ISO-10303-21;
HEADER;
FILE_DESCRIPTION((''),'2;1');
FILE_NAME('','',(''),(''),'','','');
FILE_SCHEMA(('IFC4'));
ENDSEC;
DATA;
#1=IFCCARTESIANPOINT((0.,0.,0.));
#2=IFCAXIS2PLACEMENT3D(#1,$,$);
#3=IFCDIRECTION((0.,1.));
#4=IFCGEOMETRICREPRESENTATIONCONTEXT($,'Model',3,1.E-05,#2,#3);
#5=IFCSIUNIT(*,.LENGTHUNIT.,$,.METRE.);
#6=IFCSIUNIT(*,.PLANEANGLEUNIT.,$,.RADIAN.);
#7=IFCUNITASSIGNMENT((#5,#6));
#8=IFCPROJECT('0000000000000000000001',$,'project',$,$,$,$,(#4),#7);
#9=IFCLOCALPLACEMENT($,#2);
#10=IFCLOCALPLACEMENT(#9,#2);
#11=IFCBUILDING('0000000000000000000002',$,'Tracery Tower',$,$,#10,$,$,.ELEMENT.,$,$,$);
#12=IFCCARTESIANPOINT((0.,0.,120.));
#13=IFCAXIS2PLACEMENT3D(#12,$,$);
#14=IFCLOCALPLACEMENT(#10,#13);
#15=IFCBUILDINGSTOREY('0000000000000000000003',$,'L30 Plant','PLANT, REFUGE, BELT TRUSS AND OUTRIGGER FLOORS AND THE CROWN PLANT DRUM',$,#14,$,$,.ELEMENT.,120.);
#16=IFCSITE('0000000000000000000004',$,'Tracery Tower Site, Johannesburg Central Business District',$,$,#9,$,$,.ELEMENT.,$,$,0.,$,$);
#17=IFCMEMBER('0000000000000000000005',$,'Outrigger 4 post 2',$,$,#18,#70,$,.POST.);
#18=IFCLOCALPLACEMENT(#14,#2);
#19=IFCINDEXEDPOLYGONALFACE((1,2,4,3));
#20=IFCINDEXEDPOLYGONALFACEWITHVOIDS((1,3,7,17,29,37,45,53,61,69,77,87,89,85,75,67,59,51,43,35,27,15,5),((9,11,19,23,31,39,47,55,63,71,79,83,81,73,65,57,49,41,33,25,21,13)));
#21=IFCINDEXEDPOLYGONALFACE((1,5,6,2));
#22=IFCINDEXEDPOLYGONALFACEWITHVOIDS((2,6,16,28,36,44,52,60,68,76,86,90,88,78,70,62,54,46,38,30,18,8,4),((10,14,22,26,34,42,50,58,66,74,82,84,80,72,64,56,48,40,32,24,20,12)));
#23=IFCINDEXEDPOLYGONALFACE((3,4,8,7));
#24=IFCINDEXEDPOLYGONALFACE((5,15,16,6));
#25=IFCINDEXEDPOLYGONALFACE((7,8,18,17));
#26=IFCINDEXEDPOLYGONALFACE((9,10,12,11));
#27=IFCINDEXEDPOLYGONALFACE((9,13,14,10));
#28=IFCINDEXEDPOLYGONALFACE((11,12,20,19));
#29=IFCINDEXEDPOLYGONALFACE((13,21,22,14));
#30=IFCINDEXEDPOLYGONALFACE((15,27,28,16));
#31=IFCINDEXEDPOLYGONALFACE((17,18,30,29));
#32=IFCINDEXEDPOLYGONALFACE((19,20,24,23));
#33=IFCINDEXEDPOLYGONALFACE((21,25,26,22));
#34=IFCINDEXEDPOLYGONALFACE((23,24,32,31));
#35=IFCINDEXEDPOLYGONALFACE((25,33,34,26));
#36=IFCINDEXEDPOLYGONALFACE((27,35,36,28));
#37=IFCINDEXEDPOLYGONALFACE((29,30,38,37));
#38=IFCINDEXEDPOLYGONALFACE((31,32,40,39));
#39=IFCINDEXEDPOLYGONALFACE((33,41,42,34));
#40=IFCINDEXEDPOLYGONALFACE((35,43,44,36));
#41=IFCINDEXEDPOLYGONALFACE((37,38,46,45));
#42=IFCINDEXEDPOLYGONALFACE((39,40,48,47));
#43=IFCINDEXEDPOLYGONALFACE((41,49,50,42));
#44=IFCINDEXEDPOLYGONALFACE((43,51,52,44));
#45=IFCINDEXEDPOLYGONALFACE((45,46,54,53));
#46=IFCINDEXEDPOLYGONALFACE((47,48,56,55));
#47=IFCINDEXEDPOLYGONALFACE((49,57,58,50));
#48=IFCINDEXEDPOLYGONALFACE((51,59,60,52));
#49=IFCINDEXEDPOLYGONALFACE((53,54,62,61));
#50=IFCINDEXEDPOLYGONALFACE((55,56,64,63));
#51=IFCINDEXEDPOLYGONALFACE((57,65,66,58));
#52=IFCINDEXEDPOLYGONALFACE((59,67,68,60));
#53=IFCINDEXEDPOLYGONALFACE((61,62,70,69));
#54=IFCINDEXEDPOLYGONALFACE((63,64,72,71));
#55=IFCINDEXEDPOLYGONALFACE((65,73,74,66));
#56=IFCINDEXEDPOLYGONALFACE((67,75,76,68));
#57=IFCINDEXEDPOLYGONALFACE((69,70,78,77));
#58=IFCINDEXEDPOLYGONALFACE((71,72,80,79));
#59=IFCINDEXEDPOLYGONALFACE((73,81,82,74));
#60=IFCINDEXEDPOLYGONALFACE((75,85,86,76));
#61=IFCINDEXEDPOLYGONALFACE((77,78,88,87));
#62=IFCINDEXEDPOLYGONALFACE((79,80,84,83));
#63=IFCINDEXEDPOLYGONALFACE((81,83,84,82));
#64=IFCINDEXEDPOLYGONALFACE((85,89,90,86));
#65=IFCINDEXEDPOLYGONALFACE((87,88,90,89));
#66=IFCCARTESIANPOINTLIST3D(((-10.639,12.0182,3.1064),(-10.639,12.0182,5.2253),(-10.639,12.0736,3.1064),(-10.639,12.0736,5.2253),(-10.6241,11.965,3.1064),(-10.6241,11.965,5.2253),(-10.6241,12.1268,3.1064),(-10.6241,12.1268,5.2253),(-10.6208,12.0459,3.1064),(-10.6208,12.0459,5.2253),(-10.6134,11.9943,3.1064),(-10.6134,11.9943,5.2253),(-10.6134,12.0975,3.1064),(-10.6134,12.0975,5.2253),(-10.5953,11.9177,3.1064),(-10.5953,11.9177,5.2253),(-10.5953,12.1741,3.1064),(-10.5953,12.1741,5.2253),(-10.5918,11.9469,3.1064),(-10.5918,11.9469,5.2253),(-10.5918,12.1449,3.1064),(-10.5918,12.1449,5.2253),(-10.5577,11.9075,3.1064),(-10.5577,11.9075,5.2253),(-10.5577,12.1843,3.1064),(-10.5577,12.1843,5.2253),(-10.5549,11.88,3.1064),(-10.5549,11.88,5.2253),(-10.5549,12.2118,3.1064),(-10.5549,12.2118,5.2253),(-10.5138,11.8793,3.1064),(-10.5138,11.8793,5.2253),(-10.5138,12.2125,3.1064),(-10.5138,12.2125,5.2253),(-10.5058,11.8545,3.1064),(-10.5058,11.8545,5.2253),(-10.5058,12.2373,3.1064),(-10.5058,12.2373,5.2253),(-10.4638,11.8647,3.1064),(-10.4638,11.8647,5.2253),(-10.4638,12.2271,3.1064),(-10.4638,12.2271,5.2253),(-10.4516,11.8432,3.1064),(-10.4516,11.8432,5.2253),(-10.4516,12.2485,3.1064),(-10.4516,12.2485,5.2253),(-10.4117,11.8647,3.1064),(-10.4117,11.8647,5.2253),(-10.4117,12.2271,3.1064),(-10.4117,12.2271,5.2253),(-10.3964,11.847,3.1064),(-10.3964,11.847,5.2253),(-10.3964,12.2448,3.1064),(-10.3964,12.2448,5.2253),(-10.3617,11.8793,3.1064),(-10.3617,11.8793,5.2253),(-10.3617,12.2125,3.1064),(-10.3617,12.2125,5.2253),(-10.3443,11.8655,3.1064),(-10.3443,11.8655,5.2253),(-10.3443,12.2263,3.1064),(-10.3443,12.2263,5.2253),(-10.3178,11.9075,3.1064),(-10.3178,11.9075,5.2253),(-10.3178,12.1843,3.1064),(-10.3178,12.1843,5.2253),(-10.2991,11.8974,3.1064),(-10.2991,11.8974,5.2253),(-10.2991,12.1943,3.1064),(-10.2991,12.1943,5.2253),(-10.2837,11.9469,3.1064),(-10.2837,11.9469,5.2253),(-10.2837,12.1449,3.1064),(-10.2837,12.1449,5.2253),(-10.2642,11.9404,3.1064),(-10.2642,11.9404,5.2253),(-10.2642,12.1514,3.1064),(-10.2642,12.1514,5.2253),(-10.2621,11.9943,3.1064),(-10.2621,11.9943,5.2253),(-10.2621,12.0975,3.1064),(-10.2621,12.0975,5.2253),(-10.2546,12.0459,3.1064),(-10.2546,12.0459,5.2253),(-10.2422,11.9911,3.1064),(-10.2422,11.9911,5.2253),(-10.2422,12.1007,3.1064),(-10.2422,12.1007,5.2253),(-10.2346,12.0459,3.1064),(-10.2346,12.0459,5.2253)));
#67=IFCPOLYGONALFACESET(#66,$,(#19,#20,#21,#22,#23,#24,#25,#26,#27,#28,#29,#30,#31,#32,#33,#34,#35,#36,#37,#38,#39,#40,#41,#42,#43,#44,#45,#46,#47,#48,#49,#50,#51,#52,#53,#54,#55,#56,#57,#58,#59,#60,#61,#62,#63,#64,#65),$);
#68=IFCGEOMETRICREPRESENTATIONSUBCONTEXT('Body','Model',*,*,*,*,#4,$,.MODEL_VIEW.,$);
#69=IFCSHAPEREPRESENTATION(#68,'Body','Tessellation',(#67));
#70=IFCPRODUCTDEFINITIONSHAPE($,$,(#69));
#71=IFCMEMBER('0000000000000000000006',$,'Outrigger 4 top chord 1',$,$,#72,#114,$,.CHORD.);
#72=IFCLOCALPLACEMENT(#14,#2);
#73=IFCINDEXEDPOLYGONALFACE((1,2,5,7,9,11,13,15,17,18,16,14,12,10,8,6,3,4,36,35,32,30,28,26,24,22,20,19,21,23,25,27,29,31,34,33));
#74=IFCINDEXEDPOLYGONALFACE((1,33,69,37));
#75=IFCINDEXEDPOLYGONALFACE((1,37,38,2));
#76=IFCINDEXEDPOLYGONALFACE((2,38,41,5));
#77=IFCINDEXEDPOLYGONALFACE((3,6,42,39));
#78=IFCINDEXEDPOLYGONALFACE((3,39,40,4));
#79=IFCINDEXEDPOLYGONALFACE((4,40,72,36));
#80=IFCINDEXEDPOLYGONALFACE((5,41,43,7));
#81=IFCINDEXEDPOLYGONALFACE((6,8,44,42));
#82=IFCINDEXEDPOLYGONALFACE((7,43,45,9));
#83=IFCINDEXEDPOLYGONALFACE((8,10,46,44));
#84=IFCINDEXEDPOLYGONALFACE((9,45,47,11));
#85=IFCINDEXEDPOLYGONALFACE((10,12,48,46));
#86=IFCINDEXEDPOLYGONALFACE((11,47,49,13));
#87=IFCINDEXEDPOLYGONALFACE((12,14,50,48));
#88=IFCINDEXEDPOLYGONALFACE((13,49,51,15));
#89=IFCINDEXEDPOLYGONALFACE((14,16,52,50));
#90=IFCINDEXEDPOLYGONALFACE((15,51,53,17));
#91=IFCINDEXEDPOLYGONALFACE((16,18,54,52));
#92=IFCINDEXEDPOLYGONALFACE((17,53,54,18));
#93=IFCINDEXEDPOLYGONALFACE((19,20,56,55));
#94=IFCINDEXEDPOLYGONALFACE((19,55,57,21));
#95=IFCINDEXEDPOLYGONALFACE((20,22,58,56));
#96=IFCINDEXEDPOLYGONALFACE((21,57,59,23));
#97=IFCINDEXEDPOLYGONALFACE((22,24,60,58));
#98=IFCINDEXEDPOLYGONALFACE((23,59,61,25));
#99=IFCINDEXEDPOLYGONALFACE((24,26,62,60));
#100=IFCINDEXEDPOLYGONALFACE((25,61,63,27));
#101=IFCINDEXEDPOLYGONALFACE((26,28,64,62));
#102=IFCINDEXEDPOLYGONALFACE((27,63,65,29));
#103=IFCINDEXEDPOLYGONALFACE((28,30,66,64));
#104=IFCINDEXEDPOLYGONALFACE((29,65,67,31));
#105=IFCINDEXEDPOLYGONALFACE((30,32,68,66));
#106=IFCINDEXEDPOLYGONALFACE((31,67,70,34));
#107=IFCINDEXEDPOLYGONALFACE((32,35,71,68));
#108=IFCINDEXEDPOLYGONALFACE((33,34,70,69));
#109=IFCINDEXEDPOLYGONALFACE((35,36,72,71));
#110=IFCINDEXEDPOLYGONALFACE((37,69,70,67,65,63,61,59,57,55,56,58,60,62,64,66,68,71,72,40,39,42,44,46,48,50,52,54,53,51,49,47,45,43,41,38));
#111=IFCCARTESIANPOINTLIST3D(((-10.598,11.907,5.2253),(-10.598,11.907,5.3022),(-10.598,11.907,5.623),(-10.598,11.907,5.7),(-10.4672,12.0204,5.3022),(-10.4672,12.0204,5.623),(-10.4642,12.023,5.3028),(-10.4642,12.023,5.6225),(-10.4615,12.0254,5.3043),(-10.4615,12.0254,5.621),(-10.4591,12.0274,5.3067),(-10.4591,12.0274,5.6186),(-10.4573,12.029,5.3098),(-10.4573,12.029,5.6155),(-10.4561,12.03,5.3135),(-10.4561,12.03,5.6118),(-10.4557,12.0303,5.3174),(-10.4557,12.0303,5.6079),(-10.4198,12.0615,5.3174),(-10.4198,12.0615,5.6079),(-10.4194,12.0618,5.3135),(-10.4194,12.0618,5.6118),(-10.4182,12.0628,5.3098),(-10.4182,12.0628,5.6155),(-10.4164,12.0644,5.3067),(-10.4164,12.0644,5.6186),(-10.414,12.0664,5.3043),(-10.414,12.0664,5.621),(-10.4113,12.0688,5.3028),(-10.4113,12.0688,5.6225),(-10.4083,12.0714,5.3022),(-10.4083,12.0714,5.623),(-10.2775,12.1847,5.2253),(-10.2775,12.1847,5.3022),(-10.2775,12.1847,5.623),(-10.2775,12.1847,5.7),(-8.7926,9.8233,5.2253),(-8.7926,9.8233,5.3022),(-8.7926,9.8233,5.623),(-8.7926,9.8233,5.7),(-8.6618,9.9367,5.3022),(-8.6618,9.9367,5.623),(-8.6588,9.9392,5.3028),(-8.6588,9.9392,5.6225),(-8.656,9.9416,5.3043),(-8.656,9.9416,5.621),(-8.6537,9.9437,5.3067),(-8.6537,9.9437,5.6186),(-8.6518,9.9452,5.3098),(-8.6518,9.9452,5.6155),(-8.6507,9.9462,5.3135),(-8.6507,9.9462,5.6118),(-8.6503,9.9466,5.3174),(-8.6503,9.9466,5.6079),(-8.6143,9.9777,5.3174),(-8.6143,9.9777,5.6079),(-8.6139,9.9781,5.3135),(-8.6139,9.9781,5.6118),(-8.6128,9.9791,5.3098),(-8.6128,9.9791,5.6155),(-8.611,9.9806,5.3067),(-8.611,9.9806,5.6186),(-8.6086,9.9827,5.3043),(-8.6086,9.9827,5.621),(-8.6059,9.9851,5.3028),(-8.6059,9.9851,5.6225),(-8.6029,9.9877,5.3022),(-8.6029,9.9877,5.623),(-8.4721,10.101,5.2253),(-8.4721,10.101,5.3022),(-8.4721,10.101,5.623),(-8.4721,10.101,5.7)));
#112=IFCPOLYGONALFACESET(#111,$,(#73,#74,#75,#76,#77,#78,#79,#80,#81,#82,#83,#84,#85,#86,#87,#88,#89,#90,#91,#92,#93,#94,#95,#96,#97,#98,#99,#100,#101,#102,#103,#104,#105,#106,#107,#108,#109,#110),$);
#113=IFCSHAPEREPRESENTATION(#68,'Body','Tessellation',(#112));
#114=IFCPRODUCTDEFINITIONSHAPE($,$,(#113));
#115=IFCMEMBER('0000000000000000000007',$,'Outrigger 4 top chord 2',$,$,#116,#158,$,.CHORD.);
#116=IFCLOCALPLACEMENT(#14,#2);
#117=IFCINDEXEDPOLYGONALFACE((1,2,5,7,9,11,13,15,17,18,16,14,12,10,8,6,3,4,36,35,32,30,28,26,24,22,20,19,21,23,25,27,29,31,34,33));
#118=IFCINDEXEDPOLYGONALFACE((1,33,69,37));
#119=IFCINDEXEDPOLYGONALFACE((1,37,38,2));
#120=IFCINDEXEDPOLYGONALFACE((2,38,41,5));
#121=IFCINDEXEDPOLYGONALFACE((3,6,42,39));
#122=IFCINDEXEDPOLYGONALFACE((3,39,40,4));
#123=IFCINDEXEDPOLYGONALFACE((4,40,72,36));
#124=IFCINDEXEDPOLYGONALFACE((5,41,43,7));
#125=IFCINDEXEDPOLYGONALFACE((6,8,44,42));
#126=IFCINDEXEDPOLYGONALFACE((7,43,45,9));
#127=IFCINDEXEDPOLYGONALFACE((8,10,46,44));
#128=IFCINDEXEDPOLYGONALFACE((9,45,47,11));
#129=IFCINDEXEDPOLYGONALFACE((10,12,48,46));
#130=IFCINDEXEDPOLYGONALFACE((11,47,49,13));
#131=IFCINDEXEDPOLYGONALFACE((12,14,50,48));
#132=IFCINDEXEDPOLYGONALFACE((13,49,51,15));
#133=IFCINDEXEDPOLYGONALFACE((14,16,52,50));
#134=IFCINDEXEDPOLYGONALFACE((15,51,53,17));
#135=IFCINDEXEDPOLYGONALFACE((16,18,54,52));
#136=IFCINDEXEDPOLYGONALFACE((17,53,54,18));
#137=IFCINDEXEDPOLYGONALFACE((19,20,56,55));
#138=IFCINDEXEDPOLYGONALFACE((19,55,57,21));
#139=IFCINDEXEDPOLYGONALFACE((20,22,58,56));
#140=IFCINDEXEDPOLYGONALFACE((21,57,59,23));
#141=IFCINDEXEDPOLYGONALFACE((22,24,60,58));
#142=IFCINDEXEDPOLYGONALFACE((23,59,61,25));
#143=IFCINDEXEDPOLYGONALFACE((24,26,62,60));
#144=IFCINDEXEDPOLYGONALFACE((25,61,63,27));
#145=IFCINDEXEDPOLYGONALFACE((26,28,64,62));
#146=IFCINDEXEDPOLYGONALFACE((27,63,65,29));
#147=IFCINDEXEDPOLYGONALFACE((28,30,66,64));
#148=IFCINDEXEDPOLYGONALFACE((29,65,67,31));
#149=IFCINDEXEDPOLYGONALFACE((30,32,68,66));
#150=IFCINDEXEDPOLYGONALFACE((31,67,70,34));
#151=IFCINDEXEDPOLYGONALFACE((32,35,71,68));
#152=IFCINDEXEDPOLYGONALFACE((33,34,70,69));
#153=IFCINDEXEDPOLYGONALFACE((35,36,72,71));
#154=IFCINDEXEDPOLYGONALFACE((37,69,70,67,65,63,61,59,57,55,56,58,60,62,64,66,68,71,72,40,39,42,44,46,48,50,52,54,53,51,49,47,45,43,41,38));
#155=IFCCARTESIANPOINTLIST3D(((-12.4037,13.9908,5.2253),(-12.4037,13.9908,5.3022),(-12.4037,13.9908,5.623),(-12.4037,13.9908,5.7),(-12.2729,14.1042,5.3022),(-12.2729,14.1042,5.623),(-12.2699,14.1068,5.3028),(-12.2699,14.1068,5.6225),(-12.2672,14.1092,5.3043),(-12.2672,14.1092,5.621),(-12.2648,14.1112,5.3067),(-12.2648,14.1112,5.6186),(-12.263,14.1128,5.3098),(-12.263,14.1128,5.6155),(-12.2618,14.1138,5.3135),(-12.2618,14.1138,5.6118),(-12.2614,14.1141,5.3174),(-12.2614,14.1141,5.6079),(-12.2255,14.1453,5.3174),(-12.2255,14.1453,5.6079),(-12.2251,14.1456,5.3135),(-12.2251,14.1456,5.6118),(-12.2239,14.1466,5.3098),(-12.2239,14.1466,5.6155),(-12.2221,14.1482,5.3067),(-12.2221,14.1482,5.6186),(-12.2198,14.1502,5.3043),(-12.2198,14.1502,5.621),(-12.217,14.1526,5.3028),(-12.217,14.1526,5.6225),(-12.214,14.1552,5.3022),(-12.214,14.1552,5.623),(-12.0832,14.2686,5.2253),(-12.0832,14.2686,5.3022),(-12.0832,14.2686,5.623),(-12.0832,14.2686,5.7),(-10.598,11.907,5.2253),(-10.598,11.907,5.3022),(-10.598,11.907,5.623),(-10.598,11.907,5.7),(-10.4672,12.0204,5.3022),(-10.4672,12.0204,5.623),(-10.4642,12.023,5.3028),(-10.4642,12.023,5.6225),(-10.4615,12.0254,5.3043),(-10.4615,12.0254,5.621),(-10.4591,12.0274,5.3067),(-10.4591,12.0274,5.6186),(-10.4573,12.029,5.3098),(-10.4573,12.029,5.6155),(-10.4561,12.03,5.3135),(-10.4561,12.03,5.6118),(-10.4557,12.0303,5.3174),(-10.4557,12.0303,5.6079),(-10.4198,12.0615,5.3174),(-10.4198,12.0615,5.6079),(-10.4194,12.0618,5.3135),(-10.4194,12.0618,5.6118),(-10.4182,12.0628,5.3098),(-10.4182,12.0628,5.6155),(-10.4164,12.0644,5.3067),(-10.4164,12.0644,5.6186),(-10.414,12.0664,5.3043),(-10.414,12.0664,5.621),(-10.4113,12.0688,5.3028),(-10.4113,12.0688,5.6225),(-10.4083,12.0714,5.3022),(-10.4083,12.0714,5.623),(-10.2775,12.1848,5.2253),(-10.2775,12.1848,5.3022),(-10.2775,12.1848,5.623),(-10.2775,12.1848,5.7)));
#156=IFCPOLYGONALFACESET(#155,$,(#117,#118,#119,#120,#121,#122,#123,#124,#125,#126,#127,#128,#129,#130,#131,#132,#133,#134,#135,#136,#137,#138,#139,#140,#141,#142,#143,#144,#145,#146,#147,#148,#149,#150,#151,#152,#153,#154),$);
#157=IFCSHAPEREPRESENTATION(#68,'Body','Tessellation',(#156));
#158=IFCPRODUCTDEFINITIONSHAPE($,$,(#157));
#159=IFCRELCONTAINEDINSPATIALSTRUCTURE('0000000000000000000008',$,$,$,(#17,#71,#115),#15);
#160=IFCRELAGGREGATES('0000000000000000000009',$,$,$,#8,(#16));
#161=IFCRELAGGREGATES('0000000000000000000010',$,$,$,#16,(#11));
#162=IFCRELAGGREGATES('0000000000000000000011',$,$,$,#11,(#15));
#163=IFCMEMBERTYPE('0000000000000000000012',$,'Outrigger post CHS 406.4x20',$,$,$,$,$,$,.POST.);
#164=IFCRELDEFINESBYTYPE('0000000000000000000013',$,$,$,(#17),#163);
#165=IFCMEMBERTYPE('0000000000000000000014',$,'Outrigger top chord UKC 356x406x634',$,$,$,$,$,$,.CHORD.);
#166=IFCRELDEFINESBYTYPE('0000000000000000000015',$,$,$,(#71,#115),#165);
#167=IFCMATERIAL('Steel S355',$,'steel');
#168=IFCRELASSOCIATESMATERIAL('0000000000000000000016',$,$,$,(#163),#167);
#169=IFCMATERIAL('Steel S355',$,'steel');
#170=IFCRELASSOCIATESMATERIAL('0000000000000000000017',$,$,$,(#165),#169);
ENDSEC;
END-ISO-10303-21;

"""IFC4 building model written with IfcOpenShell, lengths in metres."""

from ifc_helpers import new_model, si_unit, direction, frame, origin, origin_2d, place, context, subcontext, project, spatial, hollow_circle, i_section, extrude, material, material_profile, profile_set, type_object, element, save


model = new_model("IFC4")

# Units and contexts
model_context = context("Model", 3, precision=1e-05, world=origin(), true_north=direction((0.0, 1.0)))
body_context = subcontext(model_context, "Body", "Model", "MODEL_VIEW")
ifc_project = project(units=[si_unit("LENGTHUNIT", "METRE"), si_unit("PLANEANGLEUNIT", "RADIAN")], contexts=[model_context])

# Site, building, storey
site_placement = place(None, origin())
site = spatial("IfcSite", under=ifc_project, at=site_placement, Name="Tracery Tower Site, Johannesburg Central Business District", CompositionType="ELEMENT", RefElevation=0.0)
building_placement = place(site_placement, origin())
building = spatial("IfcBuilding", under=site, at=building_placement, Name="Tracery Tower", CompositionType="ELEMENT")
storey_placement = place(building_placement, frame((0.0, 0.0, 120.0)))
storey = spatial("IfcBuildingStorey", under=building, at=storey_placement, Name="L30 Plant", Description="PLANT, REFUGE, BELT TRUSS AND OUTRIGGER FLOORS AND THE CROWN PLANT DRUM", CompositionType="ELEMENT", Elevation=120.0)

# Members
ifc_material_1 = material(Name="Steel S355", Category="steel")
ifc_material_profile_1 = material_profile(ifc_material_1, hollow_circle(Radius=0.2031, WallThickness=0.02, at=origin_2d()), Name="CHS 406.4x20")
ifc_profile_set_1 = profile_set([ifc_material_profile_1], Name="Steel S355")
member_type_1 = type_object("IfcMemberType", Name="Outrigger post CHS 406.4x20", PredefinedType="POST", material=ifc_profile_set_1)
member_1_placement = place(storey_placement, frame((-10.4377, 12.0459, 3.1064), z_axis=(0.0, 0.0, 1.0), x_axis=(1.0, 0.0, 0.0)))
element("IfcMember", 1, at=member_1_placement, inside=storey, type_object=member_type_1, Name="Outrigger 4 post 2", PredefinedType="POST", context=body_context, shape_type="SweptSolid", body=[
    extrude(hollow_circle(Radius=0.2031, WallThickness=0.02, at=origin_2d()), origin(), (0.0, 0.0, 1.0), 2.1189),
])
ifc_material_2 = material(Name="Steel S355", Category="steel")
ifc_material_profile_2 = material_profile(ifc_material_2, i_section(OverallWidth=0.4241, OverallDepth=0.4746, WebThickness=0.0476, FlangeThickness=0.0769, FilletRadius=0.0151, at=origin_2d()), Name="UKC 356x406x634")
ifc_profile_set_2 = profile_set([ifc_material_profile_2], Name="Steel S355")
member_type_2 = type_object("IfcMemberType", Name="Outrigger top chord UKC 356x406x634", PredefinedType="CHORD", material=ifc_profile_set_2)
member_2_placement = place(storey_placement, frame((-8.6323, 9.9622, 5.4626), z_axis=(-0.654829, 0.755777, 0.0), x_axis=(-0.755777, -0.654829, 0.0)))
element("IfcMember", 2, at=member_2_placement, inside=storey, type_object=member_type_2, Name="Outrigger 4 top chord 1", PredefinedType="CHORD", context=body_context, shape_type="SweptSolid", body=[
    extrude(i_section(OverallWidth=0.4241, OverallDepth=0.4746, WebThickness=0.0476, FlangeThickness=0.0769, FilletRadius=0.0151, at=origin_2d()), origin(), (0.0, 0.0, 1.0), 2.7571),
])
member_3_placement = place(storey_placement, frame((-10.4377, 12.0459, 5.4626), z_axis=(-0.65488, 0.755733, 0.0), x_axis=(-0.755733, -0.65488, 0.0)))
element("IfcMember", 3, at=member_3_placement, inside=storey, type_object=member_type_2, Name="Outrigger 4 top chord 2", PredefinedType="CHORD", context=body_context, shape_type="SweptSolid", body=[
    extrude(i_section(OverallWidth=0.4241, OverallDepth=0.4746, WebThickness=0.0476, FlangeThickness=0.0769, FilletRadius=0.0151, at=origin_2d()), origin(), (0.0, 0.0, 1.0), 2.7573),
])

save(model, "model.ifc")
